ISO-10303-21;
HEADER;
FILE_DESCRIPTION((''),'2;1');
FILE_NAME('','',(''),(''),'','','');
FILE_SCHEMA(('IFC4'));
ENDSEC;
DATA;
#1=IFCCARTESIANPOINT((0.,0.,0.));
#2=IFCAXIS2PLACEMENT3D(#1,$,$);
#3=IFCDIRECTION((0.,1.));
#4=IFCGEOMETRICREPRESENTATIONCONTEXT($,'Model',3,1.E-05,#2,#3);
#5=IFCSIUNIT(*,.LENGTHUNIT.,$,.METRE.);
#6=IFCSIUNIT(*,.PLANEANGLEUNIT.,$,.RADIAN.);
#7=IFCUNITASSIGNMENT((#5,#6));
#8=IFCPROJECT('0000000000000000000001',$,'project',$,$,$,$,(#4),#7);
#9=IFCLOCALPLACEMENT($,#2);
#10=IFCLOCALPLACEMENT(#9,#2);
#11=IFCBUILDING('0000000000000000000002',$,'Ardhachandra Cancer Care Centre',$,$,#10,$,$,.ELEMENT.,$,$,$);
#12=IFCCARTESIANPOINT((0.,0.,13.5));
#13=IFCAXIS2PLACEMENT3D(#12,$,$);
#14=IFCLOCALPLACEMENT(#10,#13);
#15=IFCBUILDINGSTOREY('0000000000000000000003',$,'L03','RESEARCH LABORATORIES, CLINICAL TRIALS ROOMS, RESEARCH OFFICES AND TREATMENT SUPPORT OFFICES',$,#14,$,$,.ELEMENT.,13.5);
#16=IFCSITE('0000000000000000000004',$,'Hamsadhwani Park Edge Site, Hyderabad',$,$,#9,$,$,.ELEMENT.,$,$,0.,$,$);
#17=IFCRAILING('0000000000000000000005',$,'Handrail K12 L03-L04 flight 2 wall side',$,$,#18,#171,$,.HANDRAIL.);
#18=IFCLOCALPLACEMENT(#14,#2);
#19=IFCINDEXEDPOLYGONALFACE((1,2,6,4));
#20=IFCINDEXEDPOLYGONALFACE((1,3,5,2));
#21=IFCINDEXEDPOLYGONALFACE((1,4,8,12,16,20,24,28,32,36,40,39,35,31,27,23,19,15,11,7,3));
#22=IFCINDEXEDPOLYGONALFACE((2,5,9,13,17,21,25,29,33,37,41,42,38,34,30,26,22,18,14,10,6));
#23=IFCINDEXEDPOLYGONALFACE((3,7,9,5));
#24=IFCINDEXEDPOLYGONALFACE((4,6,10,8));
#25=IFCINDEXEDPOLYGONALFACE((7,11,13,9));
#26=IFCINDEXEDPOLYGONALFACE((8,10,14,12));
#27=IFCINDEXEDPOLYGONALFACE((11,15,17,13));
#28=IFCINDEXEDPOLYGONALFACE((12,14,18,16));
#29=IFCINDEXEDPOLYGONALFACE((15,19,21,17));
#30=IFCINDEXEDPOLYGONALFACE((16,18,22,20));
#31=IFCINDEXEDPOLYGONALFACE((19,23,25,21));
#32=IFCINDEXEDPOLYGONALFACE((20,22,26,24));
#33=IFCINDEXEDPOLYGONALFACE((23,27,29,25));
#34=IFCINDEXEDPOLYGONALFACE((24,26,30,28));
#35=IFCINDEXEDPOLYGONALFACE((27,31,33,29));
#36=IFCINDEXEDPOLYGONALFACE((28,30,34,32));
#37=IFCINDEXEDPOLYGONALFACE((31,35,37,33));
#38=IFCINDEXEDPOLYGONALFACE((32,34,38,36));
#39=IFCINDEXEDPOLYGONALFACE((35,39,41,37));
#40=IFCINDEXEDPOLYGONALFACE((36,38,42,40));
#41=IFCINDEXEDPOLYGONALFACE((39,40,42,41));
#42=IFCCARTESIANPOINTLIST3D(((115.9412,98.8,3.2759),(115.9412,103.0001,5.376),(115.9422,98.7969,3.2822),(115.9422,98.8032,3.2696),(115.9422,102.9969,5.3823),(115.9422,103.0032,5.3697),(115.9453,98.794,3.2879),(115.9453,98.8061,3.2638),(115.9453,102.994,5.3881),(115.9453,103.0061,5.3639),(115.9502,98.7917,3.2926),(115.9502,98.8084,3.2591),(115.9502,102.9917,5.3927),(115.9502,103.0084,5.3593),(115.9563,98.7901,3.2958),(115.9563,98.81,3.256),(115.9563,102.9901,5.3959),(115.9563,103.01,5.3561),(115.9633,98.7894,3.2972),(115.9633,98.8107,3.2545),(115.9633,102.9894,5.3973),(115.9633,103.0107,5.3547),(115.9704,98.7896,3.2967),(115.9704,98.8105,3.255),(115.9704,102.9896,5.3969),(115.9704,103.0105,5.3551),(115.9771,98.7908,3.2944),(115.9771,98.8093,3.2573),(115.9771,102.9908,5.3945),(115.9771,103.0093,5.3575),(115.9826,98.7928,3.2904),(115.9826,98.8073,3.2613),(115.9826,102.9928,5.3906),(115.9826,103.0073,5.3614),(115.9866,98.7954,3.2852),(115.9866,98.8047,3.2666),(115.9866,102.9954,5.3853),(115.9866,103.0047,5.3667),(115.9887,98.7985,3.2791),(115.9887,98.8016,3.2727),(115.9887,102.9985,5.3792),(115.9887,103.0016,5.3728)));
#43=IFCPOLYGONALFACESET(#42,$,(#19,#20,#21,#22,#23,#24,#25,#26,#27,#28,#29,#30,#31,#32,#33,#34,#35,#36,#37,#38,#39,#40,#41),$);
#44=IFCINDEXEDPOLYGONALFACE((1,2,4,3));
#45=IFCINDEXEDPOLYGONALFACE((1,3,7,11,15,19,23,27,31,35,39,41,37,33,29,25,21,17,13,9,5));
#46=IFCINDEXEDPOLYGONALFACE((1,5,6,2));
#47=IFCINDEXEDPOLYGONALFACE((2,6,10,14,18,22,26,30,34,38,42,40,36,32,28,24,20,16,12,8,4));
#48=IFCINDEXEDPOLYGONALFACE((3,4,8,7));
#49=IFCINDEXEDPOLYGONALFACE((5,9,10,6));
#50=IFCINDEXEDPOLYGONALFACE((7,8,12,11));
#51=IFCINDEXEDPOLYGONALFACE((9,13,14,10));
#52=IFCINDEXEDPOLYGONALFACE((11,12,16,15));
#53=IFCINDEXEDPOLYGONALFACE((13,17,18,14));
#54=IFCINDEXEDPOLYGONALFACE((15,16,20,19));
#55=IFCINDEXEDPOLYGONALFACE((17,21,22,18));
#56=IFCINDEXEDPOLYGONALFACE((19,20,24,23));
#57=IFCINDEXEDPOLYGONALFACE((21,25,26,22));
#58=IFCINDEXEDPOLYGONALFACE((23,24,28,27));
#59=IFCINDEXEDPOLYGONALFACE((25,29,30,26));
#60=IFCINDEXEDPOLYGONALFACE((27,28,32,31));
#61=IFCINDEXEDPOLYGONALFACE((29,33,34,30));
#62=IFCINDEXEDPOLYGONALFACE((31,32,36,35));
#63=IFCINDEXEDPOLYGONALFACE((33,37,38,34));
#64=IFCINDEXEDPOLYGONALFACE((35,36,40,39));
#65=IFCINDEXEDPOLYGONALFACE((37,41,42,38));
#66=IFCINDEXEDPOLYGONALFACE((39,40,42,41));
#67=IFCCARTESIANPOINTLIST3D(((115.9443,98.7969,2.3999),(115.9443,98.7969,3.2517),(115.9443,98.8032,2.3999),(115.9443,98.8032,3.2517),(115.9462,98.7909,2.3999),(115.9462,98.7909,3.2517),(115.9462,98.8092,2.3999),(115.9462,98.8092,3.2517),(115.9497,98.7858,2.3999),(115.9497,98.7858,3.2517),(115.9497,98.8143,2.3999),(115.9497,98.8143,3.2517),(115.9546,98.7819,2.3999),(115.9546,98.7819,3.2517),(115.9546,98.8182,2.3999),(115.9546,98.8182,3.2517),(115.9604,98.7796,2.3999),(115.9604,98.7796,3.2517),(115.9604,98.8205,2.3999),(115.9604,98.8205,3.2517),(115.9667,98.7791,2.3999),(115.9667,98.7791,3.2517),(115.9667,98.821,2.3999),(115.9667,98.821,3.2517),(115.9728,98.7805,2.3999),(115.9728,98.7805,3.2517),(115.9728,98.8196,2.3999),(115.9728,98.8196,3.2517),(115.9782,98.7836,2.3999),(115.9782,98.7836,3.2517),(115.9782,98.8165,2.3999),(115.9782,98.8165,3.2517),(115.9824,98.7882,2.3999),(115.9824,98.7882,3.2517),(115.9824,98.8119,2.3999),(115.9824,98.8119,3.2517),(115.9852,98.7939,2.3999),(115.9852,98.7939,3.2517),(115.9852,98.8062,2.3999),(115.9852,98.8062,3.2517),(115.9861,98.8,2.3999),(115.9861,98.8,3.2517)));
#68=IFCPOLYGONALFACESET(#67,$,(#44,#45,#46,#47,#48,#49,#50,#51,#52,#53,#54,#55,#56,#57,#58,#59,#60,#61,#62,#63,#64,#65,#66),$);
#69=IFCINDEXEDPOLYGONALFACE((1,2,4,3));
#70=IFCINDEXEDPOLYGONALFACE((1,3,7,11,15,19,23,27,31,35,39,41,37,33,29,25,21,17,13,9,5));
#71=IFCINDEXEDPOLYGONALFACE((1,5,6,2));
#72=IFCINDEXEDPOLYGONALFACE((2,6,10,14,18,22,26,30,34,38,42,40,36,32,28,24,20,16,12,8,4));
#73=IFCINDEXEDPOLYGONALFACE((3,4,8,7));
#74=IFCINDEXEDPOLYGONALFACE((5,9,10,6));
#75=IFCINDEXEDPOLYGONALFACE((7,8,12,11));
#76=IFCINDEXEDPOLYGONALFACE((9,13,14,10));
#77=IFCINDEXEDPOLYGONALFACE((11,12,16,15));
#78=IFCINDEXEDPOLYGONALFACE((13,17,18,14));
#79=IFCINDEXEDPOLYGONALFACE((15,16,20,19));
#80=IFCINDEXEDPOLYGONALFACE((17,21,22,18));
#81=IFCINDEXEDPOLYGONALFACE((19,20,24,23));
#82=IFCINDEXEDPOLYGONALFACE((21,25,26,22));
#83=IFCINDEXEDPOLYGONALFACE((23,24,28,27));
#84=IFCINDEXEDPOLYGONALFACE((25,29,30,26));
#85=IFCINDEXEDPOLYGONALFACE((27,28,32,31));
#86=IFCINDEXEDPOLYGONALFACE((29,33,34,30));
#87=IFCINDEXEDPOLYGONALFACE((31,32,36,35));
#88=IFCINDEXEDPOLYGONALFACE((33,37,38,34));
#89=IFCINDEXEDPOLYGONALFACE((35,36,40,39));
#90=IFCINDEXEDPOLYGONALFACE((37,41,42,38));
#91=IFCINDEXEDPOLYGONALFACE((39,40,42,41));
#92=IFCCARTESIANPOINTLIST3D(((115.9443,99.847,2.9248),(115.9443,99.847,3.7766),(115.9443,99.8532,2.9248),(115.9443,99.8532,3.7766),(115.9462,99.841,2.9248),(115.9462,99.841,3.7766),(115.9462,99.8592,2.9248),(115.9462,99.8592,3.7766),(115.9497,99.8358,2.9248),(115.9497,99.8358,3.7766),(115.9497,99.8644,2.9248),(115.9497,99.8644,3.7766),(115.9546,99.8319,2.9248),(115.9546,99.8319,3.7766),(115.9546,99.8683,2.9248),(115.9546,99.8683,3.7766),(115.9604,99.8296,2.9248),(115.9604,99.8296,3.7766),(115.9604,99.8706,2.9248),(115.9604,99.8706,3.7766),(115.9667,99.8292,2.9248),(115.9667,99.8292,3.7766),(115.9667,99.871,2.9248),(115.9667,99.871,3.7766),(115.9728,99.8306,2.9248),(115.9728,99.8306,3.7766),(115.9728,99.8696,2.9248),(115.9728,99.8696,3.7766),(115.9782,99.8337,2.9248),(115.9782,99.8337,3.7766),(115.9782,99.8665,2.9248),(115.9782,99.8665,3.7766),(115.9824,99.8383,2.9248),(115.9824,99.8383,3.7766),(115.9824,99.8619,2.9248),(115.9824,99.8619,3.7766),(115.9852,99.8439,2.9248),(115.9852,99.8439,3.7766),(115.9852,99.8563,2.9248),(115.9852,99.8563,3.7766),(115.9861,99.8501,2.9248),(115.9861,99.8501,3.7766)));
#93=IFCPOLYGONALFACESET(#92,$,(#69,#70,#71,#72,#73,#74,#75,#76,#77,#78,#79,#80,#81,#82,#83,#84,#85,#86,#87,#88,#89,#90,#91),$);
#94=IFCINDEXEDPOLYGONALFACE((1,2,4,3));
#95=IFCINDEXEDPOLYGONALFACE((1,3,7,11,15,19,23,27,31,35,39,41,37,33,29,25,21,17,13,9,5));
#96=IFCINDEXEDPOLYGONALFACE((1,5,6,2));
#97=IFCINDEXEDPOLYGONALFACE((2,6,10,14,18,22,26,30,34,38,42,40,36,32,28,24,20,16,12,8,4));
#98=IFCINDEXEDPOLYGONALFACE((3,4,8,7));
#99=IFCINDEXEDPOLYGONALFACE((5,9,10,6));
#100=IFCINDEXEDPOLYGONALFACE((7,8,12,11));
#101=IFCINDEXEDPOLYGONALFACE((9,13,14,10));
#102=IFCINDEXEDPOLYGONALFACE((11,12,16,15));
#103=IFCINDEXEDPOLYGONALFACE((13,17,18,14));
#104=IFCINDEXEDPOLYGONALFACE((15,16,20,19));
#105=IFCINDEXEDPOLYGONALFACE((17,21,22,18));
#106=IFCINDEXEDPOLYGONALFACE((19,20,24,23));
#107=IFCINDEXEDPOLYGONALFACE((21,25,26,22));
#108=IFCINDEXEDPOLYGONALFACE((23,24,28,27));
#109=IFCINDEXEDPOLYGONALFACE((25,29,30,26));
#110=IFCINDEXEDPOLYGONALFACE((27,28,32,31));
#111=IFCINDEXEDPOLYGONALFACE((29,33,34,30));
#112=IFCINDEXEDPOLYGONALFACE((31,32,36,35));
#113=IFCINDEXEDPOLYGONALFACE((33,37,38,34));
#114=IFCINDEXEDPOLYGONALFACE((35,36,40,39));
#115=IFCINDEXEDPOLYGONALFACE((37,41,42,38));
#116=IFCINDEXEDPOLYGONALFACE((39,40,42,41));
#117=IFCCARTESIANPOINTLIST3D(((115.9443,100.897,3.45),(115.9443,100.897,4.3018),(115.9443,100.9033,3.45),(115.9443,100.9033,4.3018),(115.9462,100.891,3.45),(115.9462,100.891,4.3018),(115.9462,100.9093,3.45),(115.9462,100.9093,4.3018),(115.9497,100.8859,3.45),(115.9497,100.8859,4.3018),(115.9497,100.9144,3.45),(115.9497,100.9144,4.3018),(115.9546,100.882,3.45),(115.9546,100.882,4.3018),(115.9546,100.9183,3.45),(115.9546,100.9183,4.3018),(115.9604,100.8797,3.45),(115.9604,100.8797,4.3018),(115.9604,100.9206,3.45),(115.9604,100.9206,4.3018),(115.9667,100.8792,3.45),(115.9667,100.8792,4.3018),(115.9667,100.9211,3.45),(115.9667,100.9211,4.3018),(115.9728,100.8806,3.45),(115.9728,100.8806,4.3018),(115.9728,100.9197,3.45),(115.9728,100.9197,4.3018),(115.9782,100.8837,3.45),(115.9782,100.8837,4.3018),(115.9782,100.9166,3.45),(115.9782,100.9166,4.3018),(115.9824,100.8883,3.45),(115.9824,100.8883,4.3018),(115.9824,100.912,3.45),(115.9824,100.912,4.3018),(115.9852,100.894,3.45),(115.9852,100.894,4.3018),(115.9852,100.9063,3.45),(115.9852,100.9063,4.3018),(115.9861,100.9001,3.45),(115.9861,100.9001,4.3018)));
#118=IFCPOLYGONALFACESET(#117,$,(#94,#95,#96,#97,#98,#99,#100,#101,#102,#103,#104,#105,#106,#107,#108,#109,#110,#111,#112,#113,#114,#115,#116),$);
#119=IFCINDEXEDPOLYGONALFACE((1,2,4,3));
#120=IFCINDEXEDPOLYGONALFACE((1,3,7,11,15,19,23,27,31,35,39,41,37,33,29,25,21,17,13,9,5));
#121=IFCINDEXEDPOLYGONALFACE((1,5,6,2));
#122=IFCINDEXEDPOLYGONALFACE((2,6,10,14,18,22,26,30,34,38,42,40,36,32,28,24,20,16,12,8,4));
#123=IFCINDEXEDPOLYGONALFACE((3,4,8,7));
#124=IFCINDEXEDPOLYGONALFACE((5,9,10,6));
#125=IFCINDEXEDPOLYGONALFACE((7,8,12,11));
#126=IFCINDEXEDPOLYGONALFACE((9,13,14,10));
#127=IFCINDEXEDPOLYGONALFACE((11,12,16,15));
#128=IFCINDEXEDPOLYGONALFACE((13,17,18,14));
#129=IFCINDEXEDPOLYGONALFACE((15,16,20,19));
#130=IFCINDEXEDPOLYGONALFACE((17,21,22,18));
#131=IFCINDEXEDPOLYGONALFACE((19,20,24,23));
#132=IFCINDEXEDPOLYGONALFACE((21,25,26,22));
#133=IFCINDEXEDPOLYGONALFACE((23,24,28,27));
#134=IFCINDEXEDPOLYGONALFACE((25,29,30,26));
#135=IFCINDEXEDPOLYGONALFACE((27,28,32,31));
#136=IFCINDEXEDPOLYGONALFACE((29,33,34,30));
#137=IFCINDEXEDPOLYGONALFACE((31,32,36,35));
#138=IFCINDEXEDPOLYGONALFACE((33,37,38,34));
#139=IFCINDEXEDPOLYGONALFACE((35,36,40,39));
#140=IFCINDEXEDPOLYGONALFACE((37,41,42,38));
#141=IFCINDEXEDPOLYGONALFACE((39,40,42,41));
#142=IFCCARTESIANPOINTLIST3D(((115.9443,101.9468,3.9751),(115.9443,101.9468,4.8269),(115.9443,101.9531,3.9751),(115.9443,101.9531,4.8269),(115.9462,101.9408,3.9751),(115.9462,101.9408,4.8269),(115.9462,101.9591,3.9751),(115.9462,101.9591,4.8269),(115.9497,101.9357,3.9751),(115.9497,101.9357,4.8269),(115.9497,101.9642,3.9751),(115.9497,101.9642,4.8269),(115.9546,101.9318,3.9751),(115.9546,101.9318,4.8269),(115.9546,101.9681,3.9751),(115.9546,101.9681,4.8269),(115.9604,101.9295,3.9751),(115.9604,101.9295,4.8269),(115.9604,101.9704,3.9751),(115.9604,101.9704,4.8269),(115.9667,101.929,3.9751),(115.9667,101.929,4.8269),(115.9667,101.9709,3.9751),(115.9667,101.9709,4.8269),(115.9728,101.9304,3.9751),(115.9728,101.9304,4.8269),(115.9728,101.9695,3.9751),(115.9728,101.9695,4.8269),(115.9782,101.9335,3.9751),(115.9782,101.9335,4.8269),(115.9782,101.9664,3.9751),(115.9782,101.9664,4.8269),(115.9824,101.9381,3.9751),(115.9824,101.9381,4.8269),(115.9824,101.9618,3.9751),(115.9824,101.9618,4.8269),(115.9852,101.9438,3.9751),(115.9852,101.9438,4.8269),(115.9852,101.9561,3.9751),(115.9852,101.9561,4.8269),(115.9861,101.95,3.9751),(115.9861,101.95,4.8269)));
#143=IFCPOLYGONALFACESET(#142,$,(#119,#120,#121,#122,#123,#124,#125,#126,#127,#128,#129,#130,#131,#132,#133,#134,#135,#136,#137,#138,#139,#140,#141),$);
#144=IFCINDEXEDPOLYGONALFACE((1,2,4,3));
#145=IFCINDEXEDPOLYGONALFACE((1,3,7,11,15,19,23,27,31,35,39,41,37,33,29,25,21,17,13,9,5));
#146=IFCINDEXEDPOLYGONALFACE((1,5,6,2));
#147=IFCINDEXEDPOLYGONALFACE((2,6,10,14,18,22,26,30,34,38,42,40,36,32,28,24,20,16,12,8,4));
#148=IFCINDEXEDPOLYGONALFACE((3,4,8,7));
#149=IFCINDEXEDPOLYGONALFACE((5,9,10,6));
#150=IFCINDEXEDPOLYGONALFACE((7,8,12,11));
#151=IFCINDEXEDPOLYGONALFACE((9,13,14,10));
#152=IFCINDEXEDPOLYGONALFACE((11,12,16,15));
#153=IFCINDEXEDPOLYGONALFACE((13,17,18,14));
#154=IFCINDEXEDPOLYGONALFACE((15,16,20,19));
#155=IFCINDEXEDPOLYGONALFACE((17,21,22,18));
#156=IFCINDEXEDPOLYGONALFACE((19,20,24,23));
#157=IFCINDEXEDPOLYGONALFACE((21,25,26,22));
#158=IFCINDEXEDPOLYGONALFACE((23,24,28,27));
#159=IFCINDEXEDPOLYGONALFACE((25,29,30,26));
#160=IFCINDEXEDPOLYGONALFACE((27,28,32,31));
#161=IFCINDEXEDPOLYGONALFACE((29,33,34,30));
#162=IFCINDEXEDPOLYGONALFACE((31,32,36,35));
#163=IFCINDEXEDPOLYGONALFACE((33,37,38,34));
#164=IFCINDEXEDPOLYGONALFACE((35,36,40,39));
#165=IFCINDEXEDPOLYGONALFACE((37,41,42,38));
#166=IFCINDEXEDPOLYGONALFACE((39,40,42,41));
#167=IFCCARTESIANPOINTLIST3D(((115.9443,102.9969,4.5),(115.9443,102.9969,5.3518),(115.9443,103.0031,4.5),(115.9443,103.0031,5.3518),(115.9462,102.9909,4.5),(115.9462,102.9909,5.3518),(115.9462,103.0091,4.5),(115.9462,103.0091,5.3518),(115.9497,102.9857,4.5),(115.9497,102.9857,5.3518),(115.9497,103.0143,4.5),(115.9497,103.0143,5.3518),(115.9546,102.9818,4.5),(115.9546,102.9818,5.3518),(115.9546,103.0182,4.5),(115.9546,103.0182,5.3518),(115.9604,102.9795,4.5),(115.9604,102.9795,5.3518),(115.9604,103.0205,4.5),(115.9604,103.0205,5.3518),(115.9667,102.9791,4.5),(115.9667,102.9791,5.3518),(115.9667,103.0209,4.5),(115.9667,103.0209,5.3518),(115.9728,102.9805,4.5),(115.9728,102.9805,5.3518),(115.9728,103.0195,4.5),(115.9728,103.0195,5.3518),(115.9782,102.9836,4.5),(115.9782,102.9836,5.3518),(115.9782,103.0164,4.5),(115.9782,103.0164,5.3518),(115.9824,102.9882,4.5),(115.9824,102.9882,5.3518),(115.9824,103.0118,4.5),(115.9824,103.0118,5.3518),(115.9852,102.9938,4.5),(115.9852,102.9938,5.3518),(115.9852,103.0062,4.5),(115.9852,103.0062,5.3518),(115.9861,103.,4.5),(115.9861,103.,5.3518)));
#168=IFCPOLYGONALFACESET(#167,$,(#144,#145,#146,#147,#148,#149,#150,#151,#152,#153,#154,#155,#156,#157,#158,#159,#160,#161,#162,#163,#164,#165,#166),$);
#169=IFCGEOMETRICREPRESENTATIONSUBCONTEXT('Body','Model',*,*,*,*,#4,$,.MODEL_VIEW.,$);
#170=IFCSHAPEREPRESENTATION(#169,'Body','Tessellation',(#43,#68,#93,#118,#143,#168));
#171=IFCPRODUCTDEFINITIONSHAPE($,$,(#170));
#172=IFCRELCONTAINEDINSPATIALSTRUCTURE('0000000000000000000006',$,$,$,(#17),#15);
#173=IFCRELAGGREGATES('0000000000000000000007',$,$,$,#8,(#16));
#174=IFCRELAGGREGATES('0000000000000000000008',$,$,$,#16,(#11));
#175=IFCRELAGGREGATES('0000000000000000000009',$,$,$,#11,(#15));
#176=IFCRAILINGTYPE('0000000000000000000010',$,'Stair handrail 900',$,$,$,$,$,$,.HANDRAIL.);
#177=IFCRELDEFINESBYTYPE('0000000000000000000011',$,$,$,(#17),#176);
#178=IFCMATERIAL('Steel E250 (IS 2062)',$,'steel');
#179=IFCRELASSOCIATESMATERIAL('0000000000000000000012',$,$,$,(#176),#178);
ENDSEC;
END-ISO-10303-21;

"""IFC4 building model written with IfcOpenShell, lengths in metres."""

from ifc_helpers import new_model, si_unit, direction, frame, origin, origin_2d, place, context, subcontext, project, spatial, circle, extrude, material, type_object, element, save


model = new_model("IFC4")

# Units and contexts
model_context = context("Model", 3, precision=1e-05, world=origin(), true_north=direction((0.0, 1.0)))
body_context = subcontext(model_context, "Body", "Model", "MODEL_VIEW")
ifc_project = project(units=[si_unit("LENGTHUNIT", "METRE"), si_unit("PLANEANGLEUNIT", "RADIAN")], contexts=[model_context])

# Site, building, storey
site_placement = place(None, origin())
site = spatial("IfcSite", under=ifc_project, at=site_placement, Name="Hamsadhwani Park Edge Site, Hyderabad", CompositionType="ELEMENT", RefElevation=0.0)
building_placement = place(site_placement, origin())
building = spatial("IfcBuilding", under=site, at=building_placement, Name="Ardhachandra Cancer Care Centre", CompositionType="ELEMENT")
storey_placement = place(building_placement, frame((0.0, 0.0, 13.5)))
storey = spatial("IfcBuildingStorey", under=building, at=storey_placement, Name="L03", Description="RESEARCH LABORATORIES, CLINICAL TRIALS ROOMS, RESEARCH OFFICES AND TREATMENT SUPPORT OFFICES", CompositionType="ELEMENT", Elevation=13.5)

# Railing
ifc_material_1 = material(Name="Steel E250 (IS 2062)", Category="steel")
railing_type_1 = type_object("IfcRailingType", Name="Stair handrail 900", PredefinedType="HANDRAIL", material=ifc_material_1)
for number, where, name in (
    (1, (115.9651, 98.8, 2.3999), "Handrail K12 L03-L04 flight 2 wall side"),
):
    element("IfcRailing", number, at=place(storey_placement, frame(where)), inside=storey, type_object=railing_type_1, Name=name, PredefinedType="HANDRAIL", context=body_context, shape_type="SweptSolid", body=[
        extrude(circle(Radius=0.0239, at=origin_2d()), frame((0.0, 0.0, 0.876), z_axis=(0.0, 0.894417, 0.447234), x_axis=(-1.0, 0.0, 0.0)), (0.0, 0.0, 1.0), 4.6958),
        extrude(circle(Radius=0.021, at=origin_2d()), origin(), (0.0, 0.0, 1.0), 0.8518),
        extrude(circle(Radius=0.021, at=origin_2d()), frame((0.0, 1.05, 0.5249)), (0.0, 0.0, 1.0), 0.8518),
        extrude(circle(Radius=0.021, at=origin_2d()), frame((0.0, 2.1001, 1.05)), (0.0, 0.0, 1.0), 0.8518),
        extrude(circle(Radius=0.021, at=origin_2d()), frame((0.0, 3.1499, 1.5752)), (0.0, 0.0, 1.0), 0.8518),
        extrude(circle(Radius=0.021, at=origin_2d()), frame((0.0, 4.2, 2.1001)), (0.0, 0.0, 1.0), 0.8518),
    ])

save(model, "model.ifc")
